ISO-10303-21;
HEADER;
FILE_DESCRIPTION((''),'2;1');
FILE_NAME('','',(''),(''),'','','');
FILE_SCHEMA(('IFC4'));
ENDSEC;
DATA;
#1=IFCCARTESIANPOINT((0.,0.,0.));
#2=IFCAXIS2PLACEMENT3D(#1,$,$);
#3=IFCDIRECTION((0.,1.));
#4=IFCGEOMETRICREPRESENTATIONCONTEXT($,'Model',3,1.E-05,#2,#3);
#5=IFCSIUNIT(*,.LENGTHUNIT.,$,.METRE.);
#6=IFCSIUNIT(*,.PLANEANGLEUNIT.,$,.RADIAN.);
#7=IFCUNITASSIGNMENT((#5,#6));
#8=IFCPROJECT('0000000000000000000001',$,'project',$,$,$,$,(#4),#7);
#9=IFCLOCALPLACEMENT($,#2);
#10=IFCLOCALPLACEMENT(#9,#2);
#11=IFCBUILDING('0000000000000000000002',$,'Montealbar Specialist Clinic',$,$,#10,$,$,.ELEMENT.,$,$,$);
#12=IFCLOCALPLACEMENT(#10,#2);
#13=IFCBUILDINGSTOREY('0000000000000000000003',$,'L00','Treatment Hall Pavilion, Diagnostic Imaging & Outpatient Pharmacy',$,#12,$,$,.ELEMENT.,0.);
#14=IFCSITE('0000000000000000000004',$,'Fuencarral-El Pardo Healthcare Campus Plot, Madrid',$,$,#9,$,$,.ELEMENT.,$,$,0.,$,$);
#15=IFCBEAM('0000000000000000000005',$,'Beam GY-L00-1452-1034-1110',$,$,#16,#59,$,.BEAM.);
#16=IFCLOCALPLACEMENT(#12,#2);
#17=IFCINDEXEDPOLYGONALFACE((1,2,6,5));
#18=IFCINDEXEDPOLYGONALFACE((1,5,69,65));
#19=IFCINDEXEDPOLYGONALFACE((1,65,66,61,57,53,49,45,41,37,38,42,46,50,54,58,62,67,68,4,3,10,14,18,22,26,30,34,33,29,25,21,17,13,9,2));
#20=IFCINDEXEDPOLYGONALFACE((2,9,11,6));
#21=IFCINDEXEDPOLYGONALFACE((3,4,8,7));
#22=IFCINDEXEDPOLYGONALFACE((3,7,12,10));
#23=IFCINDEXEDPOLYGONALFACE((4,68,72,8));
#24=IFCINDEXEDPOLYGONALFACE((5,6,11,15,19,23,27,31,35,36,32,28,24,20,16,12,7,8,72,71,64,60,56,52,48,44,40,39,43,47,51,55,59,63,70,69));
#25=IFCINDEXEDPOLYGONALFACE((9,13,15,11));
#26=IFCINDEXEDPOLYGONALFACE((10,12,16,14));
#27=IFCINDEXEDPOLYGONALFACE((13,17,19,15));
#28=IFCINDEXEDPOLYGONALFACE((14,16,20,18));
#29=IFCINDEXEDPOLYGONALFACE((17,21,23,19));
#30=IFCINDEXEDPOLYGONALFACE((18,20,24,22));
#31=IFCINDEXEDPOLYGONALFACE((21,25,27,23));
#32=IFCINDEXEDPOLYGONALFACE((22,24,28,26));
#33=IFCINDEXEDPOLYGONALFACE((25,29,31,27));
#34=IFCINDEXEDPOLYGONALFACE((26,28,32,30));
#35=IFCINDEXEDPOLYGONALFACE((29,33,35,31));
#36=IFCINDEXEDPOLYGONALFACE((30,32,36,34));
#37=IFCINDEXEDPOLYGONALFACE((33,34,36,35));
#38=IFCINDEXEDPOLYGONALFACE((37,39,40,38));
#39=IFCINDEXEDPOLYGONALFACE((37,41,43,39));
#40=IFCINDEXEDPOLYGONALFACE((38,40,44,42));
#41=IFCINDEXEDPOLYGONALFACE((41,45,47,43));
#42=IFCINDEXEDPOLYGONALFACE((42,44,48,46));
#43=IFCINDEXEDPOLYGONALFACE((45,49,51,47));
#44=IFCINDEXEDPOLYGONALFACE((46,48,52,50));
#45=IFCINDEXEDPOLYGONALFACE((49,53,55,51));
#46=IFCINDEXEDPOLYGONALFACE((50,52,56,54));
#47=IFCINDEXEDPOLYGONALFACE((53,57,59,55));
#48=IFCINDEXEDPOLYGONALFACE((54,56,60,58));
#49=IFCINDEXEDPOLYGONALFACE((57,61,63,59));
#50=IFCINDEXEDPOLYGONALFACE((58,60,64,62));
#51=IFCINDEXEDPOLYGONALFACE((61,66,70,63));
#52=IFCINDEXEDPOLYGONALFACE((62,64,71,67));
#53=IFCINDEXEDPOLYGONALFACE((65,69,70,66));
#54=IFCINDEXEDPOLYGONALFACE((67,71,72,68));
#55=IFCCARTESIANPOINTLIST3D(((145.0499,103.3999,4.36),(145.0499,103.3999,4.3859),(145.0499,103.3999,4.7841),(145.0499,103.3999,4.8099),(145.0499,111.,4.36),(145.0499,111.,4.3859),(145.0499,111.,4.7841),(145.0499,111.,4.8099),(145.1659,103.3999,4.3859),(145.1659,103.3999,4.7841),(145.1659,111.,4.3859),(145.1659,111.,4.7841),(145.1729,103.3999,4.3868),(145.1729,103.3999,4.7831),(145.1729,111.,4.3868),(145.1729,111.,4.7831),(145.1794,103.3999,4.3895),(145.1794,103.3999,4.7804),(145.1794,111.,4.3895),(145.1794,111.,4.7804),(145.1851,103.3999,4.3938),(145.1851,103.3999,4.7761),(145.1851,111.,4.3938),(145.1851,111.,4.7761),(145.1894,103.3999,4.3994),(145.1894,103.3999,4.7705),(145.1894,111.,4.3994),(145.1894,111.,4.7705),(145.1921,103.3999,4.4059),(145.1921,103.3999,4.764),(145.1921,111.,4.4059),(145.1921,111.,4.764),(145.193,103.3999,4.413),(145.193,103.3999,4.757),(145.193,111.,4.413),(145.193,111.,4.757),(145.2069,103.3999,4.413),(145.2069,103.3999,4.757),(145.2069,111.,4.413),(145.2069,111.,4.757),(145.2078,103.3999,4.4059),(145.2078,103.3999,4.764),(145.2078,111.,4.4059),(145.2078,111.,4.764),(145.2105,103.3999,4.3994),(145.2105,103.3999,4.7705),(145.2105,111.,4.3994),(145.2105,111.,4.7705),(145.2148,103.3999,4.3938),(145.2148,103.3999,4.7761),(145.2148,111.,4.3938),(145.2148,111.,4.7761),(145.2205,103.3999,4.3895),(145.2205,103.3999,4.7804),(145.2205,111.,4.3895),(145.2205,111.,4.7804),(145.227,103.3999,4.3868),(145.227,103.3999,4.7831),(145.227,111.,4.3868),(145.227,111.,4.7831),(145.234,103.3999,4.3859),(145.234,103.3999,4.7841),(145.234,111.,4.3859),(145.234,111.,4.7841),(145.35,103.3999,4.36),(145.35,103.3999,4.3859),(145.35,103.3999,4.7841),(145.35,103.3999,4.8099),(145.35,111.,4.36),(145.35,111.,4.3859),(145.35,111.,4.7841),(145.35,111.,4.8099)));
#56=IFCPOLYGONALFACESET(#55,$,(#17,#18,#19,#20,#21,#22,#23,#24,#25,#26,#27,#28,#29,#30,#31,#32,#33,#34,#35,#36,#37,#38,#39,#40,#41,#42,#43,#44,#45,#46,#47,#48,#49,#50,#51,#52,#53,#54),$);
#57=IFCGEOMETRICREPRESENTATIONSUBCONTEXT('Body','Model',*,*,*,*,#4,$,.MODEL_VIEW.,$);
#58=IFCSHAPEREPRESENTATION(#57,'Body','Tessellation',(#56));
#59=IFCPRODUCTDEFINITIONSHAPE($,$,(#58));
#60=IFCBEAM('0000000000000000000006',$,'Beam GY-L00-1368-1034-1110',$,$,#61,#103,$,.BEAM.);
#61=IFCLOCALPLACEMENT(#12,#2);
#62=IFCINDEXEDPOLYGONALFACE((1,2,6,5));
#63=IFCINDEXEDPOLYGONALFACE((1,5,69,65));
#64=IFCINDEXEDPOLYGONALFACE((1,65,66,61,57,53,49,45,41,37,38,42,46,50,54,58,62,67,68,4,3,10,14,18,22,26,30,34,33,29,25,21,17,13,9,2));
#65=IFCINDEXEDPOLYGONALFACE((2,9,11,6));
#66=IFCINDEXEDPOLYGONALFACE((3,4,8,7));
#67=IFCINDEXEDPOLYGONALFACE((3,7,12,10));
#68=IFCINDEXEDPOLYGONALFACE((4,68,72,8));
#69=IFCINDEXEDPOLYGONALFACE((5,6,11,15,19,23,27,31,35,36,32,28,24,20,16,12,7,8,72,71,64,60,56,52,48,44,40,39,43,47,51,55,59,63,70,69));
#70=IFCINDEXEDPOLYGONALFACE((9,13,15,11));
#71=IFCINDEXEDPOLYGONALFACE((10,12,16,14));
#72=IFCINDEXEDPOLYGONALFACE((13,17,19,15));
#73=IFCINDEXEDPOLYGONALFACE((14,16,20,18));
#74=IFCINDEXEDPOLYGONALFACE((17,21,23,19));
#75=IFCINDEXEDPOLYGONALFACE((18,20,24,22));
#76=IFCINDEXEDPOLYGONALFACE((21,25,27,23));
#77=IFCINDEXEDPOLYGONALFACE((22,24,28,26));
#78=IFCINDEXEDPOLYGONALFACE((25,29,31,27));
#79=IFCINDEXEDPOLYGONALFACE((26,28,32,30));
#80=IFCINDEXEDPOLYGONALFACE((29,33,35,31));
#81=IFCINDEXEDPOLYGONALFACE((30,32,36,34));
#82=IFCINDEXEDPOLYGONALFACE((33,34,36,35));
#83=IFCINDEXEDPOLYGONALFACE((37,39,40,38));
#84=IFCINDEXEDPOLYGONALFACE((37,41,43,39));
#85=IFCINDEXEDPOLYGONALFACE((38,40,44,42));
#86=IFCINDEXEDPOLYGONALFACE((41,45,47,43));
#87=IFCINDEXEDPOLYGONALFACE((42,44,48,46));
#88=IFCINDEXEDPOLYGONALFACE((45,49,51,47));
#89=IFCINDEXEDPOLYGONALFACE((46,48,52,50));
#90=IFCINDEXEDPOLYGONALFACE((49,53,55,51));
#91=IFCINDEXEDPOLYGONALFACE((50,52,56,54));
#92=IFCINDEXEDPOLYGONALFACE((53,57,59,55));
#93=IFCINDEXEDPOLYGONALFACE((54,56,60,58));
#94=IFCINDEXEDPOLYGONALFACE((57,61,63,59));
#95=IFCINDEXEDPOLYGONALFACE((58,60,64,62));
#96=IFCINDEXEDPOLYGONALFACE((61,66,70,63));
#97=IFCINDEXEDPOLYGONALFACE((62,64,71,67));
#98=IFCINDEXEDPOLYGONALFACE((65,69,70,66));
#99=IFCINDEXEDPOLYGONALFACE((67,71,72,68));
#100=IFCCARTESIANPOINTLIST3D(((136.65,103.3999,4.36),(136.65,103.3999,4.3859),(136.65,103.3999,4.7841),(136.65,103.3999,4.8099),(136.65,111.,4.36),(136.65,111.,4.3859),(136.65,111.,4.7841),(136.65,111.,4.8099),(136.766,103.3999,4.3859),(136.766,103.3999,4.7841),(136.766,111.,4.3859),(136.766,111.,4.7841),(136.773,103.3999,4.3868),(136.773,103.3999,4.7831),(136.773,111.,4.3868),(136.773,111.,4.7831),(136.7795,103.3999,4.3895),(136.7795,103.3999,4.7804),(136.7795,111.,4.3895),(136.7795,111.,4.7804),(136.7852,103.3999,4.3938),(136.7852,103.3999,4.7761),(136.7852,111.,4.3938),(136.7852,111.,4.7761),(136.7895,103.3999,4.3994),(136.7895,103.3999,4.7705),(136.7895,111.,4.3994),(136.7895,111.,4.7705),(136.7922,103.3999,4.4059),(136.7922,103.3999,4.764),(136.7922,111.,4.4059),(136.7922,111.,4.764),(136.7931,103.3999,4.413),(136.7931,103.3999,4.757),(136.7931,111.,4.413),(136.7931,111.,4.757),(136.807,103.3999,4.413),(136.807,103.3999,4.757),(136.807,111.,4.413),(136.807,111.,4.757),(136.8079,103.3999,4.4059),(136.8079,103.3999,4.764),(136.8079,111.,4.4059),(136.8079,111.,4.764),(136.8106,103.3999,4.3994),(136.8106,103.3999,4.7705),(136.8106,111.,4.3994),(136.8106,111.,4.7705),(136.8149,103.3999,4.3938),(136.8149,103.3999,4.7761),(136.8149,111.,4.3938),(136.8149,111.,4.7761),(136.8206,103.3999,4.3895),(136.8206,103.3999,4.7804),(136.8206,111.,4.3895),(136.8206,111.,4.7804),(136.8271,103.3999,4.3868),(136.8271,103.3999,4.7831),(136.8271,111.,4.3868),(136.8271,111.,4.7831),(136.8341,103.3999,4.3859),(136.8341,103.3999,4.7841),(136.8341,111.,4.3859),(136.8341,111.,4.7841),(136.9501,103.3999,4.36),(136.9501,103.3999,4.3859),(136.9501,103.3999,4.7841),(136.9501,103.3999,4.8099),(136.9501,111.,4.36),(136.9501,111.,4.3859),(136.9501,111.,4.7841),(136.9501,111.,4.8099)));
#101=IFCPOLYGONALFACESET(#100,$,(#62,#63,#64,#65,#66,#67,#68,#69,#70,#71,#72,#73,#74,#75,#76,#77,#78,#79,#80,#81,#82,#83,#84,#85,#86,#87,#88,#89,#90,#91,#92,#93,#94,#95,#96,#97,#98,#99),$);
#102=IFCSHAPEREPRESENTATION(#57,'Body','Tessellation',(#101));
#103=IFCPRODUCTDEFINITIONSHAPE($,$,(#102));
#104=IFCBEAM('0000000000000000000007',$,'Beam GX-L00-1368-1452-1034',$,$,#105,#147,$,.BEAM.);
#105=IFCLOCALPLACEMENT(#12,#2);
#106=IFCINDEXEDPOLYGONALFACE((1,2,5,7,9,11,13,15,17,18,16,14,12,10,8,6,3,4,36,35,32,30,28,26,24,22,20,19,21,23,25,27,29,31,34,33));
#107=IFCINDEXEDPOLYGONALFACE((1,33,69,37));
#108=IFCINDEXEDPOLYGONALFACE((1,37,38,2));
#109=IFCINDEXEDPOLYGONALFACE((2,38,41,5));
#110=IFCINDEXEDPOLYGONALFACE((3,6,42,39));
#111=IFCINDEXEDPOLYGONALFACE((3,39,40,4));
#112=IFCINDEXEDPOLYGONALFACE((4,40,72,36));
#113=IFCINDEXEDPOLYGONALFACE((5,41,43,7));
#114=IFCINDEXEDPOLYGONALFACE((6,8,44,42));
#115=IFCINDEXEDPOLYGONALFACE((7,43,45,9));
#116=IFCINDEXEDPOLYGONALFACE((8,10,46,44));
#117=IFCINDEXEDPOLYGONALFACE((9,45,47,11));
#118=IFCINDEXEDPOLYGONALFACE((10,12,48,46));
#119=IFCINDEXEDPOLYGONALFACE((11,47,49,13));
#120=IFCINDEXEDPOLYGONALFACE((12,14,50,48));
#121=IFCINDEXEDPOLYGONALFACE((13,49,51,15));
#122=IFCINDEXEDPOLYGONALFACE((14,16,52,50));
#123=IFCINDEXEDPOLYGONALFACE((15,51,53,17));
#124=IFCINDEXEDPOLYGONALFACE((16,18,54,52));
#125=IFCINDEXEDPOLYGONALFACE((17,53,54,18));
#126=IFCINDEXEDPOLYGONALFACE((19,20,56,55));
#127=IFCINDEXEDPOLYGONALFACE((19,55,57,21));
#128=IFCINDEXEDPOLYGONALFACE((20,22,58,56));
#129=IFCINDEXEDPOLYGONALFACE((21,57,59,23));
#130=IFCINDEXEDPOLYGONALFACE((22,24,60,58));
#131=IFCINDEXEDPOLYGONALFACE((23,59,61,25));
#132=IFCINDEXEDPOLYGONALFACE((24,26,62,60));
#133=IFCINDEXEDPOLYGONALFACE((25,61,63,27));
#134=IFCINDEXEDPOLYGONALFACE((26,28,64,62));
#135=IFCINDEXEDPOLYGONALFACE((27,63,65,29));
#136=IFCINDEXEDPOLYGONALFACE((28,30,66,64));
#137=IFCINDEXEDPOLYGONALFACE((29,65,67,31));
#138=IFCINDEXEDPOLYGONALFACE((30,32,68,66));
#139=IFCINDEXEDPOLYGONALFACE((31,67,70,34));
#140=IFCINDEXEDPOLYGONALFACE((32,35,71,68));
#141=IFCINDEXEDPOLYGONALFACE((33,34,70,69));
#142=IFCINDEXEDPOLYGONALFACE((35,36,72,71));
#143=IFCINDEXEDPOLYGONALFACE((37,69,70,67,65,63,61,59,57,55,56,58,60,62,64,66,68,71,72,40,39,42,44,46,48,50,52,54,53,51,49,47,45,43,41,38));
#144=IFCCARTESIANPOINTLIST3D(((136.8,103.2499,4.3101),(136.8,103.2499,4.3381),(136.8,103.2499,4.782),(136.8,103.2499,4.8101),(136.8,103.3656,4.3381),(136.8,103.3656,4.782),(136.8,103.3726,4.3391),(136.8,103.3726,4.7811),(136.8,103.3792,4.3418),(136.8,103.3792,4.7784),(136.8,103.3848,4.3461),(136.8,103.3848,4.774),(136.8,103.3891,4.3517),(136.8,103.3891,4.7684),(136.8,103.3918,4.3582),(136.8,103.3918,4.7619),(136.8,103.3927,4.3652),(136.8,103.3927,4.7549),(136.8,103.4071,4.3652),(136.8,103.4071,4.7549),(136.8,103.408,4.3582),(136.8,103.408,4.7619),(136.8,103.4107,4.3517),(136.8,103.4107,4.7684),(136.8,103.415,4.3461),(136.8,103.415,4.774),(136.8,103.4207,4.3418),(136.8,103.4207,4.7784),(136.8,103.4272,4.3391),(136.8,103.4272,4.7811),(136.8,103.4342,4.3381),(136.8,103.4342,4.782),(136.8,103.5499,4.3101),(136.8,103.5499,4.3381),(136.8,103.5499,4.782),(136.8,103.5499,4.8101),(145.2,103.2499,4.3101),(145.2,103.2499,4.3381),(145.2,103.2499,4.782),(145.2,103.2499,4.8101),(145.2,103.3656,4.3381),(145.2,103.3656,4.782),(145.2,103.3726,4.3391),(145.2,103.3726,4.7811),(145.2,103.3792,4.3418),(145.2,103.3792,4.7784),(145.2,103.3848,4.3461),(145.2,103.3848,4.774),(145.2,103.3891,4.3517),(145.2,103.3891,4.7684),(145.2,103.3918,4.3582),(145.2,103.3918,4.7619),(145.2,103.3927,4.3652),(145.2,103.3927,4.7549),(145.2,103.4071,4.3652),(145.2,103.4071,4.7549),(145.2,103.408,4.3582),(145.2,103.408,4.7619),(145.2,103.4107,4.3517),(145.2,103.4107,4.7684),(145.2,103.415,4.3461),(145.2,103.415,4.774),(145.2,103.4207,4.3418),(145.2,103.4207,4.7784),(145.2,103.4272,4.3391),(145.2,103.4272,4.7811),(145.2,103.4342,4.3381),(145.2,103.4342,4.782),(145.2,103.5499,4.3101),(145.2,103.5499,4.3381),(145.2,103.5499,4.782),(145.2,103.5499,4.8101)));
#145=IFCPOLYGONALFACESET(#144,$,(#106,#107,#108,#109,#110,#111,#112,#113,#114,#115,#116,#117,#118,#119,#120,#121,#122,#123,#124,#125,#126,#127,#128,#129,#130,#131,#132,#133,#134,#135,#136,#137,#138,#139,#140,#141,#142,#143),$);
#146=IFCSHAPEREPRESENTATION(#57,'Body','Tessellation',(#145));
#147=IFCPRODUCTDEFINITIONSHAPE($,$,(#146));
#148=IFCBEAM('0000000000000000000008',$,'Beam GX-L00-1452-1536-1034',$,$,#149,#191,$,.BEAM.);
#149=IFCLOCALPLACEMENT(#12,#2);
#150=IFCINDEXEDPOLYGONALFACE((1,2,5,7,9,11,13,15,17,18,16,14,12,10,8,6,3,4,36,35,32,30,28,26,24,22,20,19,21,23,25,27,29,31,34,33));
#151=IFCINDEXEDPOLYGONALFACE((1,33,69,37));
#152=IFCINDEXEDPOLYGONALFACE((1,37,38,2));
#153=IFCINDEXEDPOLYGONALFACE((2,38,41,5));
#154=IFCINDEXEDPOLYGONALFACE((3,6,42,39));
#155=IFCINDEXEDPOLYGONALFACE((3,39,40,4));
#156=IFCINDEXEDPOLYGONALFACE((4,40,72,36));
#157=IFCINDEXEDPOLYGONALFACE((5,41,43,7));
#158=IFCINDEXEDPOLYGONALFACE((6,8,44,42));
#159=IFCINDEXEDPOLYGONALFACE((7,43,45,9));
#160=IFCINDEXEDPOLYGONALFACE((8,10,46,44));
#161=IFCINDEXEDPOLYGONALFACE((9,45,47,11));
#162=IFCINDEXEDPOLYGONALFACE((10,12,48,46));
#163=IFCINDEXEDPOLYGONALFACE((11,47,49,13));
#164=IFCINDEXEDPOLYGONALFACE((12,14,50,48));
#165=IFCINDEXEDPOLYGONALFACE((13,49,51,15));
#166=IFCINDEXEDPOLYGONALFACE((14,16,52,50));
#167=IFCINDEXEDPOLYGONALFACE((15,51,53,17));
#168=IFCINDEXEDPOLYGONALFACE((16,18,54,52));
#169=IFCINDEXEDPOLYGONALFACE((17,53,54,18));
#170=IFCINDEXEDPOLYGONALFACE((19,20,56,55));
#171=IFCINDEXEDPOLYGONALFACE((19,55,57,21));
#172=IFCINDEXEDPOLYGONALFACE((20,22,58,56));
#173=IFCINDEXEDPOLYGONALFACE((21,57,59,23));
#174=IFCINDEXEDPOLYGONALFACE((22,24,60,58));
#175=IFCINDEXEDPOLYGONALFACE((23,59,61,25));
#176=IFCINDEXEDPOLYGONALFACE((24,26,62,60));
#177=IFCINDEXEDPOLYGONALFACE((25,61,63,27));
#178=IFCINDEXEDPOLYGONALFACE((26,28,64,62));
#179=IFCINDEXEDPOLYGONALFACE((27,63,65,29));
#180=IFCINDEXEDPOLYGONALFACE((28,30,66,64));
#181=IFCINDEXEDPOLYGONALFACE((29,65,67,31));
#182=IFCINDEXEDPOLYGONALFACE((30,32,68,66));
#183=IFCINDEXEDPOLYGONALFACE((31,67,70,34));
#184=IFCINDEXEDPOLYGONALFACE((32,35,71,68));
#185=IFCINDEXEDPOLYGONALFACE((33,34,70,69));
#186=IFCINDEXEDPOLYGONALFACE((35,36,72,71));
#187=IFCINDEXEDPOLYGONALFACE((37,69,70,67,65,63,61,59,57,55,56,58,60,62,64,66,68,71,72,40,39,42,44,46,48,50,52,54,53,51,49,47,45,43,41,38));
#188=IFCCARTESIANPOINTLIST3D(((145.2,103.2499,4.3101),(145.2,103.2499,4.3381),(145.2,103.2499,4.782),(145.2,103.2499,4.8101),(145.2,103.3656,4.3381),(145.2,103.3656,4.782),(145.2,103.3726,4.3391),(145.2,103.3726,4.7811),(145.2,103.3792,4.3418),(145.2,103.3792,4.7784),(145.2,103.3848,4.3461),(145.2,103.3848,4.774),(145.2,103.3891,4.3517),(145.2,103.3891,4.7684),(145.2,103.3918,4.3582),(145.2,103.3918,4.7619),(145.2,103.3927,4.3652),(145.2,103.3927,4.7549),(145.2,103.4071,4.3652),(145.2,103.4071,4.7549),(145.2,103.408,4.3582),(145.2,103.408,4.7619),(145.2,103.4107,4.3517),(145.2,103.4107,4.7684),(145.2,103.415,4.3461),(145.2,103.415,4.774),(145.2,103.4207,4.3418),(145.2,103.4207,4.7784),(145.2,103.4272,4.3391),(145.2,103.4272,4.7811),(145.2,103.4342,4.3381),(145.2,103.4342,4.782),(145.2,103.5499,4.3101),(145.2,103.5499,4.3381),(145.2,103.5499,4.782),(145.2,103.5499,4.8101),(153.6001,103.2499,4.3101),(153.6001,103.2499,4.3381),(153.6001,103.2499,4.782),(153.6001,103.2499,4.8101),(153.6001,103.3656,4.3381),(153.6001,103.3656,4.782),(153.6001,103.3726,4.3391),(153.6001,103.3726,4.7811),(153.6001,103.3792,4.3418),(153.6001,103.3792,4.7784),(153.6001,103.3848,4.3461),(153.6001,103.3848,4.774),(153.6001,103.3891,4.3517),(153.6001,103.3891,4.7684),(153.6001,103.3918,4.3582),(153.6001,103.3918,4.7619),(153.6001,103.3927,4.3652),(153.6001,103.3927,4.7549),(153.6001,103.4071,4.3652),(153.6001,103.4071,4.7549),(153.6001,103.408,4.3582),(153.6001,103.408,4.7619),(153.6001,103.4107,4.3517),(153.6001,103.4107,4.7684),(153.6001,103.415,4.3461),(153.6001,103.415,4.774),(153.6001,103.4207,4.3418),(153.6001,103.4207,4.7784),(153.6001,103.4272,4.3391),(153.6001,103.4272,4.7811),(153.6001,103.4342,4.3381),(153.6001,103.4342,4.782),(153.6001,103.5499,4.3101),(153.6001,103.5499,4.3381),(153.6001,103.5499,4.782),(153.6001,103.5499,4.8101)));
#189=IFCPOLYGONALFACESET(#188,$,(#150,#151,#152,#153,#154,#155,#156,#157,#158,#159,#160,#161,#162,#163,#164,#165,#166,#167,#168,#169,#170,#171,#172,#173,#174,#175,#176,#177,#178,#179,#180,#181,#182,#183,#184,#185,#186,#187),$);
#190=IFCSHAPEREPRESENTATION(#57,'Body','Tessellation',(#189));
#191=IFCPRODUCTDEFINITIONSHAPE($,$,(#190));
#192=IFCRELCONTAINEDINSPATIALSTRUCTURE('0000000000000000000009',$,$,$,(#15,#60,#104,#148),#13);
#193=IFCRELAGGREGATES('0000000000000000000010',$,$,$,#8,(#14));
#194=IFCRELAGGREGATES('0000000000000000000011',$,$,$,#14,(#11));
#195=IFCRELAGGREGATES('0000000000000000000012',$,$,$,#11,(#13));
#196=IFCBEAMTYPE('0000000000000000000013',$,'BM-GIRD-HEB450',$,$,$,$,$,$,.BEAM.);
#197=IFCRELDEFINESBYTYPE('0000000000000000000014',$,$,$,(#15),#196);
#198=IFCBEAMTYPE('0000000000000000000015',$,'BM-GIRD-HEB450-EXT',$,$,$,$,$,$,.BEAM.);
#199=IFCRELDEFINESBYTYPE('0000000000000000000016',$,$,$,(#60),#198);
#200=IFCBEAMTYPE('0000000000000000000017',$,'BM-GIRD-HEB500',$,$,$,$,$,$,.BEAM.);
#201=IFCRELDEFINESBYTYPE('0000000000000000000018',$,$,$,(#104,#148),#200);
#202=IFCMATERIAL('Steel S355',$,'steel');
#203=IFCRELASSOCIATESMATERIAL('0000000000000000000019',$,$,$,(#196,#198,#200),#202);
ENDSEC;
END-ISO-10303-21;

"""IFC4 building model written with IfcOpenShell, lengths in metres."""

from ifc_helpers import new_model, si_unit, direction, frame, origin, origin_2d, place, context, subcontext, project, spatial, i_section, extrude, material, material_profile, profile_set, type_object, element, save


model = new_model("IFC4")

# Units and contexts
model_context = context("Model", 3, precision=1e-05, world=origin(), true_north=direction((0.0, 1.0)))
body_context = subcontext(model_context, "Body", "Model", "MODEL_VIEW")
ifc_project = project(units=[si_unit("LENGTHUNIT", "METRE"), si_unit("PLANEANGLEUNIT", "RADIAN")], contexts=[model_context])

# Site, building, storey
site_placement = place(None, origin())
site = spatial("IfcSite", under=ifc_project, at=site_placement, Name="Fuencarral-El Pardo Healthcare Campus Plot, Madrid", CompositionType="ELEMENT", RefElevation=0.0)
building_placement = place(site_placement, origin())
building = spatial("IfcBuilding", under=site, at=building_placement, Name="Montealbar Specialist Clinic", CompositionType="ELEMENT")
storey_placement = place(building_placement, origin())
storey = spatial("IfcBuildingStorey", under=building, at=storey_placement, Name="L00", Description="Treatment Hall Pavilion, Diagnostic Imaging & Outpatient Pharmacy", CompositionType="ELEMENT", Elevation=0.0)

# Shared definitions
ifc_material_1 = material(Name="Steel S355", Category="steel")

# Beams
ifc_material_profile_1 = material_profile(ifc_material_1, i_section(OverallWidth=0.3, OverallDepth=0.45, WebThickness=0.0139, FlangeThickness=0.0259, FilletRadius=0.0271, at=origin_2d()), Name="HEB 450", Category="steel")
ifc_profile_set_1 = profile_set([ifc_material_profile_1], Name="Steel S355")
beam_type_1 = type_object("IfcBeamType", Name="BM-GIRD-HEB450", PredefinedType="BEAM", material=ifc_profile_set_1)
beam_1_placement = place(storey_placement, frame((145.2, 103.3999, 4.585), z_axis=(0.0, 1.0, 0.0), x_axis=(-1.0, 0.0, 0.0)))
element("IfcBeam", 1, at=beam_1_placement, inside=storey, type_object=beam_type_1, Name="Beam GY-L00-1452-1034-1110", PredefinedType="BEAM", context=body_context, shape_type="SweptSolid", body=[
    extrude(i_section(OverallWidth=0.3, OverallDepth=0.45, WebThickness=0.0139, FlangeThickness=0.0259, FilletRadius=0.0271, at=origin_2d()), origin(), (0.0, 0.0, 1.0), 7.6001),
])
ifc_material_profile_2 = material_profile(ifc_material_1, i_section(OverallWidth=0.3, OverallDepth=0.45, WebThickness=0.0139, FlangeThickness=0.0259, FilletRadius=0.0271, at=origin_2d()), Name="HEB 450", Category="steel")
ifc_profile_set_2 = profile_set([ifc_material_profile_2], Name="Steel S355")
beam_type_2 = type_object("IfcBeamType", Name="BM-GIRD-HEB450-EXT", PredefinedType="BEAM", material=ifc_profile_set_2)
beam_2_placement = place(storey_placement, frame((136.8, 103.3999, 4.585), z_axis=(0.0, 1.0, 0.0), x_axis=(-1.0, 0.0, 0.0)))
element("IfcBeam", 2, at=beam_2_placement, inside=storey, type_object=beam_type_2, Name="Beam GY-L00-1368-1034-1110", PredefinedType="BEAM", context=body_context, shape_type="SweptSolid", body=[
    extrude(i_section(OverallWidth=0.3, OverallDepth=0.45, WebThickness=0.0139, FlangeThickness=0.0259, FilletRadius=0.0271, at=origin_2d()), origin(), (0.0, 0.0, 1.0), 7.6001),
])
ifc_material_profile_3 = material_profile(ifc_material_1, i_section(OverallWidth=0.3, OverallDepth=0.5, WebThickness=0.0144, FlangeThickness=0.0281, FilletRadius=0.0271, at=origin_2d()), Name="HEB 500", Category="steel")
ifc_profile_set_3 = profile_set([ifc_material_profile_3], Name="Steel S355")
beam_type_3 = type_object("IfcBeamType", Name="BM-GIRD-HEB500", PredefinedType="BEAM", material=ifc_profile_set_3)
beam_3_placement = place(storey_placement, frame((136.8, 103.3999, 4.5601), z_axis=(1.0, 0.0, 0.0), x_axis=(0.0, 1.0, 0.0)))
element("IfcBeam", 3, at=beam_3_placement, inside=storey, type_object=beam_type_3, Name="Beam GX-L00-1368-1452-1034", PredefinedType="BEAM", context=body_context, shape_type="SweptSolid", body=[
    extrude(i_section(OverallWidth=0.3, OverallDepth=0.5, WebThickness=0.0144, FlangeThickness=0.0281, FilletRadius=0.0271, at=origin_2d()), origin(), (0.0, 0.0, 1.0), 8.3999),
])
beam_4_placement = place(storey_placement, frame((145.2, 103.3999, 4.5601), z_axis=(1.0, 0.0, 0.0), x_axis=(0.0, 1.0, 0.0)))
element("IfcBeam", 4, at=beam_4_placement, inside=storey, type_object=beam_type_3, Name="Beam GX-L00-1452-1536-1034", PredefinedType="BEAM", context=body_context, shape_type="SweptSolid", body=[
    extrude(i_section(OverallWidth=0.3, OverallDepth=0.5, WebThickness=0.0144, FlangeThickness=0.0281, FilletRadius=0.0271, at=origin_2d()), origin(), (0.0, 0.0, 1.0), 8.4001),
])

save(model, "model.ifc")
